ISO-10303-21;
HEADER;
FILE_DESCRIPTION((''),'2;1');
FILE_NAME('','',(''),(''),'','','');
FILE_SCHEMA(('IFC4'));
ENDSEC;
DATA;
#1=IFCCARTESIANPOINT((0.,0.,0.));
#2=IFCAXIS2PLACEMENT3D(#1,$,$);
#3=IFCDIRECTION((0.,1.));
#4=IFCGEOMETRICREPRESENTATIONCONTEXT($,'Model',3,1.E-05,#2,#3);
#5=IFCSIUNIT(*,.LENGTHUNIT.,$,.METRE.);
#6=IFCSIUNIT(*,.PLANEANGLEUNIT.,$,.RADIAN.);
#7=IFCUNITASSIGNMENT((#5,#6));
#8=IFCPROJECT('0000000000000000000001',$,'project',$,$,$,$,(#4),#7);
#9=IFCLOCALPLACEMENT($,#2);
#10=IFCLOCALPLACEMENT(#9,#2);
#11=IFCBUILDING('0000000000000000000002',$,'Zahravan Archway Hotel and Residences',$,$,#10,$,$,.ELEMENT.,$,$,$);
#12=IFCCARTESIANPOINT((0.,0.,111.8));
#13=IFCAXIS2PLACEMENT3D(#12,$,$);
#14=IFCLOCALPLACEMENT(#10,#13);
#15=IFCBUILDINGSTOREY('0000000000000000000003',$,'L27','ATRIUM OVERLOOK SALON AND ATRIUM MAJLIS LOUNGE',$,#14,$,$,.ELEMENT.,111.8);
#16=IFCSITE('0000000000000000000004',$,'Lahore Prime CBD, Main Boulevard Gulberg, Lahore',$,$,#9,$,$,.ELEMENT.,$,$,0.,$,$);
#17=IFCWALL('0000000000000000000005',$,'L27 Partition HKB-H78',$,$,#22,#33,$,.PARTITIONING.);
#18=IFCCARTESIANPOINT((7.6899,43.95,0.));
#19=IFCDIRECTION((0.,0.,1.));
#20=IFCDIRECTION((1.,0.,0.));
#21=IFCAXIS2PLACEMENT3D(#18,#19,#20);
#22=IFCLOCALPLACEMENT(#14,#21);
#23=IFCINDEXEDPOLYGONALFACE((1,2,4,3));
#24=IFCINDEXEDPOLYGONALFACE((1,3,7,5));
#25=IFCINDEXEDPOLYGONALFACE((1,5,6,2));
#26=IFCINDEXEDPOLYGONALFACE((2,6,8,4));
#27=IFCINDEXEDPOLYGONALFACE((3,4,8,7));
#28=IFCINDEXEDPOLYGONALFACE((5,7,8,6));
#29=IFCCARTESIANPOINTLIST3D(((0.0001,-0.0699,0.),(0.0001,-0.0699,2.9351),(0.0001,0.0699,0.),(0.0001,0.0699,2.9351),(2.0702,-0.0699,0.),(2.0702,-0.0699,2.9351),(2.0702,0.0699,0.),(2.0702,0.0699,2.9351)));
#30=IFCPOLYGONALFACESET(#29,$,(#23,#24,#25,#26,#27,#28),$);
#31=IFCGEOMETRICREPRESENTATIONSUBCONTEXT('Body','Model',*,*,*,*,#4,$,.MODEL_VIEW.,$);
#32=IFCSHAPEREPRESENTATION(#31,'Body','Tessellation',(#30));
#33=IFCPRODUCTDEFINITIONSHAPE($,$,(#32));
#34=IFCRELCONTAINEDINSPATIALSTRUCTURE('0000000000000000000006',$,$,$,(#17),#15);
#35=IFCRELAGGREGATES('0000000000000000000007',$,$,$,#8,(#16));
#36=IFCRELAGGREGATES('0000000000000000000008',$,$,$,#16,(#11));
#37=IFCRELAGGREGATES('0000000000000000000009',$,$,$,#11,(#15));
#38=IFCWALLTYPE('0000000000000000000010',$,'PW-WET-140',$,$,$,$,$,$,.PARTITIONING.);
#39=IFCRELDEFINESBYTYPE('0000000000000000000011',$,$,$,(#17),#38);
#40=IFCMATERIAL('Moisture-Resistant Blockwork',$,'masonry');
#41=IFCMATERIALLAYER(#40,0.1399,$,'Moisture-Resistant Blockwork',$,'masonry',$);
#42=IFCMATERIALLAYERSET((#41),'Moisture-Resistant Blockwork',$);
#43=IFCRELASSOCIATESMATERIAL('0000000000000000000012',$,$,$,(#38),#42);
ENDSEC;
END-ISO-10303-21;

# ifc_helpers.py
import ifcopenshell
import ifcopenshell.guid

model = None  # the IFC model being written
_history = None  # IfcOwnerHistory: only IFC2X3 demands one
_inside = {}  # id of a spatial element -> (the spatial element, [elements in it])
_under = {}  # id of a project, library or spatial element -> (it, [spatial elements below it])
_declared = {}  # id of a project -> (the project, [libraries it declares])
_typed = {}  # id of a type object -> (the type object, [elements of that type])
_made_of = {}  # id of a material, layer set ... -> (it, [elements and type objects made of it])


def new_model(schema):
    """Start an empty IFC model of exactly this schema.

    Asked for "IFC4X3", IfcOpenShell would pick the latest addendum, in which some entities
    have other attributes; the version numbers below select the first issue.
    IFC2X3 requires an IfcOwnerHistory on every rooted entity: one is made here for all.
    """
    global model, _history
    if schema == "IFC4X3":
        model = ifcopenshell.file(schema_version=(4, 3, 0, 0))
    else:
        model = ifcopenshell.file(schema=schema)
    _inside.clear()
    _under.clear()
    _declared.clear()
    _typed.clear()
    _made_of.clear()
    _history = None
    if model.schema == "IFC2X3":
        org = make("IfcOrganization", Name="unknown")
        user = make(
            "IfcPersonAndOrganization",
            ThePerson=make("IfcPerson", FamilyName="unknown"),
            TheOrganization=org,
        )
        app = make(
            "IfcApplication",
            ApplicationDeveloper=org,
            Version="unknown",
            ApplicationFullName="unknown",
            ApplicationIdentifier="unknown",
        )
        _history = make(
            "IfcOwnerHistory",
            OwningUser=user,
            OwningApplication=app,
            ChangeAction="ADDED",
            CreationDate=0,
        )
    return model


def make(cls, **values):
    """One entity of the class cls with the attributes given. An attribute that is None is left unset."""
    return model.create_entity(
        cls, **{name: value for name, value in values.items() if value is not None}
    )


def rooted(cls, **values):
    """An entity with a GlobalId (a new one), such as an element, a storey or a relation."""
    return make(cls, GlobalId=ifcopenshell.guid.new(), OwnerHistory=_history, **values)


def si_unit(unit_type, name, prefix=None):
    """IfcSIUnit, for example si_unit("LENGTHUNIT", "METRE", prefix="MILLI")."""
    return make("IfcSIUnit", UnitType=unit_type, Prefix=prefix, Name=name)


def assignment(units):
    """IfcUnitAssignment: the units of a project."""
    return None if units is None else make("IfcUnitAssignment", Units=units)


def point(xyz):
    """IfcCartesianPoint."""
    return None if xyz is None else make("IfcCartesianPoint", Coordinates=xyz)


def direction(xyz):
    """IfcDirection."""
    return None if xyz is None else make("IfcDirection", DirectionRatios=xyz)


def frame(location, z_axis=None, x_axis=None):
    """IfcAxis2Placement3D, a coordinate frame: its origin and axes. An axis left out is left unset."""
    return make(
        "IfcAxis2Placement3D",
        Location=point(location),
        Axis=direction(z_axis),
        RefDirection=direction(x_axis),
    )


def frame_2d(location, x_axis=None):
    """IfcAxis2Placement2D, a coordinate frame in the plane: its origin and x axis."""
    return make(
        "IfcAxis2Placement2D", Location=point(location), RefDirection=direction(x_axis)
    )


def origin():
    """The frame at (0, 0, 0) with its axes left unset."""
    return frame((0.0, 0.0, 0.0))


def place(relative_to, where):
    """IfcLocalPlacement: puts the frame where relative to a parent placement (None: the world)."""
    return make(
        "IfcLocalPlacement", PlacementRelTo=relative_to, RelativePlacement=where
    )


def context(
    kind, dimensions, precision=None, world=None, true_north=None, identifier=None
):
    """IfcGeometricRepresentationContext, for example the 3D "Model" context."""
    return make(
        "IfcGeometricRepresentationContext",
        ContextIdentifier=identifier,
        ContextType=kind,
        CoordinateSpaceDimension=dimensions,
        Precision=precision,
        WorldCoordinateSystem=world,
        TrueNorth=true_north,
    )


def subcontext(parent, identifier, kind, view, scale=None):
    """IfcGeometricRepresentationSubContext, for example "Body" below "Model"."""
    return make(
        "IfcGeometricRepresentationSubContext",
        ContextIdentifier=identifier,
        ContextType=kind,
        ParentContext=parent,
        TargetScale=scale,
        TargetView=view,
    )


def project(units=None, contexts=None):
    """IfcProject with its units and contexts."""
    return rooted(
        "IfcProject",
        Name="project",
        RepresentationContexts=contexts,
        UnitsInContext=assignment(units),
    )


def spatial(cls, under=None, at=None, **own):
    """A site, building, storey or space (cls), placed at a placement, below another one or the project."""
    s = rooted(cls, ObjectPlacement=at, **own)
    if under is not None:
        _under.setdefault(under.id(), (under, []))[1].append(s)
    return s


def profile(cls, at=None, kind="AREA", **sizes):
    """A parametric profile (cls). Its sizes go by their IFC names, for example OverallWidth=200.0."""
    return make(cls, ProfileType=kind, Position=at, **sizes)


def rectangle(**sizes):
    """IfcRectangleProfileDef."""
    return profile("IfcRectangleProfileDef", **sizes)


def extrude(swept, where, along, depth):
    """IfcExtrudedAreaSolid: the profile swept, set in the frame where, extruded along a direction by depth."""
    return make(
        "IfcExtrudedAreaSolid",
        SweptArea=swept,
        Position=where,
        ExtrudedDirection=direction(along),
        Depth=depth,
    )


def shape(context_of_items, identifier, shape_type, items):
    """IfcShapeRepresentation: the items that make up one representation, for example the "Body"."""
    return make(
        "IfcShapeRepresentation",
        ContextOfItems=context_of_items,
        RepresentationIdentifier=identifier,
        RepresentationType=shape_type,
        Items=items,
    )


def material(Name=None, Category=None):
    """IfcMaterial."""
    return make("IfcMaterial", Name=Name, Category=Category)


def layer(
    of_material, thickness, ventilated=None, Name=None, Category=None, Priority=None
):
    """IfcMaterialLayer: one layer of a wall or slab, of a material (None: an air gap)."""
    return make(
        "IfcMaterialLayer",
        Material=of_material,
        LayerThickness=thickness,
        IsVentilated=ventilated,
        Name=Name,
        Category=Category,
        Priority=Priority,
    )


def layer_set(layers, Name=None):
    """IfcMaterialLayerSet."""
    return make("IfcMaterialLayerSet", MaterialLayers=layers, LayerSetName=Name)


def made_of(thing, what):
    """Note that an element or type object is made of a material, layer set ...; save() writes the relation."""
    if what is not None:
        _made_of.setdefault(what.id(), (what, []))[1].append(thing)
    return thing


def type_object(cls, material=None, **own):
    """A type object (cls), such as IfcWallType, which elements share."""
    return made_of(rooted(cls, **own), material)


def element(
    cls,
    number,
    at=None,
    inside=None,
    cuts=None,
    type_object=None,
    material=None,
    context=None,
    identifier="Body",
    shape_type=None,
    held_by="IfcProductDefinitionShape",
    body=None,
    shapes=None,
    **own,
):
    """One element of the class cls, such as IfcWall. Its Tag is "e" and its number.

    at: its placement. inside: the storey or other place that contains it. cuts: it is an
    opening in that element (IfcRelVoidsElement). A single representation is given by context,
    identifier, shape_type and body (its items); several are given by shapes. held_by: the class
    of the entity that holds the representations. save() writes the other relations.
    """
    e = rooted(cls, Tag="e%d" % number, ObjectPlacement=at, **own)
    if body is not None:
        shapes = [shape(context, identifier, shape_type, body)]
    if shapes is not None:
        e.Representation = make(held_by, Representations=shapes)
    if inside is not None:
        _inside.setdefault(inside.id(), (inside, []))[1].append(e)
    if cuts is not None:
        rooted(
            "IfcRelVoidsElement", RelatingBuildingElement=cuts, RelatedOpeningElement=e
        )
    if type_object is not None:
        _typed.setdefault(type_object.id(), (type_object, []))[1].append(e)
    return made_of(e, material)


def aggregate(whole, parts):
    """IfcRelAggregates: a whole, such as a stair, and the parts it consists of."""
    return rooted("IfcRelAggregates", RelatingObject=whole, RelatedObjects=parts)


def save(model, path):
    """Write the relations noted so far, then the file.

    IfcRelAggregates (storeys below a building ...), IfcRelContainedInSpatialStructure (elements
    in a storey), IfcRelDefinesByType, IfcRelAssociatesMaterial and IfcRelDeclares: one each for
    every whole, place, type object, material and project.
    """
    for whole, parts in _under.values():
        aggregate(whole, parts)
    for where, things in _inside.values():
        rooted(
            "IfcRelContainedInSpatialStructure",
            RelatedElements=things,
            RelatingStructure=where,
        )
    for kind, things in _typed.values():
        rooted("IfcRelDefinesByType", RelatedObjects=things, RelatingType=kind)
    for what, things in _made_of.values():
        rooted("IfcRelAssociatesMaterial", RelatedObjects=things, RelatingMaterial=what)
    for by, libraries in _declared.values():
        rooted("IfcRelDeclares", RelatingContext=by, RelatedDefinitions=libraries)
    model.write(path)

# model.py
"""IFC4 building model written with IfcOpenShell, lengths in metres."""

from ifc_helpers import new_model, si_unit, direction, frame, frame_2d, origin, place, context, subcontext, project, spatial, rectangle, extrude, material, layer, layer_set, type_object, element, save


model = new_model("IFC4")

# Units and contexts
model_context = context("Model", 3, precision=1e-05, world=origin(), true_north=direction((0.0, 1.0)))
body_context = subcontext(model_context, "Body", "Model", "MODEL_VIEW")
ifc_project = project(units=[si_unit("LENGTHUNIT", "METRE"), si_unit("PLANEANGLEUNIT", "RADIAN")], contexts=[model_context])

# Site, building, storey
site_placement = place(None, origin())
site = spatial("IfcSite", under=ifc_project, at=site_placement, Name="Lahore Prime CBD, Main Boulevard Gulberg, Lahore", CompositionType="ELEMENT", RefElevation=0.0)
building_placement = place(site_placement, origin())
building = spatial("IfcBuilding", under=site, at=building_placement, Name="Zahravan Archway Hotel and Residences", CompositionType="ELEMENT")
storey_placement = place(building_placement, frame((0.0, 0.0, 111.8)))
storey = spatial("IfcBuildingStorey", under=building, at=storey_placement, Name="L27", Description="ATRIUM OVERLOOK SALON AND ATRIUM MAJLIS LOUNGE", CompositionType="ELEMENT", Elevation=111.8)

# Wall
ifc_material_1 = material(Name="Moisture-Resistant Blockwork", Category="masonry")
ifc_layer_1 = layer(ifc_material_1, 0.1399, Name="Moisture-Resistant Blockwork", Category="masonry")
ifc_layer_set_1 = layer_set([ifc_layer_1], Name="Moisture-Resistant Blockwork")
wall_type_1 = type_object("IfcWallType", Name="PW-WET-140", PredefinedType="PARTITIONING", material=ifc_layer_set_1)
wall_1_placement = place(storey_placement, frame((7.6899, 43.95, 0.0), z_axis=(0.0, 0.0, 1.0), x_axis=(1.0, 0.0, 0.0)))
element("IfcWall", 1, at=wall_1_placement, inside=storey, type_object=wall_type_1, Name="L27 Partition HKB-H78", PredefinedType="PARTITIONING", context=body_context, shape_type="SweptSolid", body=[
    extrude(rectangle(XDim=2.0701, YDim=0.1399, at=frame_2d((1.0352, 0.0))), origin(), (0.0, 0.0, 1.0), 2.9351),
])

save(model, "model.ifc")
